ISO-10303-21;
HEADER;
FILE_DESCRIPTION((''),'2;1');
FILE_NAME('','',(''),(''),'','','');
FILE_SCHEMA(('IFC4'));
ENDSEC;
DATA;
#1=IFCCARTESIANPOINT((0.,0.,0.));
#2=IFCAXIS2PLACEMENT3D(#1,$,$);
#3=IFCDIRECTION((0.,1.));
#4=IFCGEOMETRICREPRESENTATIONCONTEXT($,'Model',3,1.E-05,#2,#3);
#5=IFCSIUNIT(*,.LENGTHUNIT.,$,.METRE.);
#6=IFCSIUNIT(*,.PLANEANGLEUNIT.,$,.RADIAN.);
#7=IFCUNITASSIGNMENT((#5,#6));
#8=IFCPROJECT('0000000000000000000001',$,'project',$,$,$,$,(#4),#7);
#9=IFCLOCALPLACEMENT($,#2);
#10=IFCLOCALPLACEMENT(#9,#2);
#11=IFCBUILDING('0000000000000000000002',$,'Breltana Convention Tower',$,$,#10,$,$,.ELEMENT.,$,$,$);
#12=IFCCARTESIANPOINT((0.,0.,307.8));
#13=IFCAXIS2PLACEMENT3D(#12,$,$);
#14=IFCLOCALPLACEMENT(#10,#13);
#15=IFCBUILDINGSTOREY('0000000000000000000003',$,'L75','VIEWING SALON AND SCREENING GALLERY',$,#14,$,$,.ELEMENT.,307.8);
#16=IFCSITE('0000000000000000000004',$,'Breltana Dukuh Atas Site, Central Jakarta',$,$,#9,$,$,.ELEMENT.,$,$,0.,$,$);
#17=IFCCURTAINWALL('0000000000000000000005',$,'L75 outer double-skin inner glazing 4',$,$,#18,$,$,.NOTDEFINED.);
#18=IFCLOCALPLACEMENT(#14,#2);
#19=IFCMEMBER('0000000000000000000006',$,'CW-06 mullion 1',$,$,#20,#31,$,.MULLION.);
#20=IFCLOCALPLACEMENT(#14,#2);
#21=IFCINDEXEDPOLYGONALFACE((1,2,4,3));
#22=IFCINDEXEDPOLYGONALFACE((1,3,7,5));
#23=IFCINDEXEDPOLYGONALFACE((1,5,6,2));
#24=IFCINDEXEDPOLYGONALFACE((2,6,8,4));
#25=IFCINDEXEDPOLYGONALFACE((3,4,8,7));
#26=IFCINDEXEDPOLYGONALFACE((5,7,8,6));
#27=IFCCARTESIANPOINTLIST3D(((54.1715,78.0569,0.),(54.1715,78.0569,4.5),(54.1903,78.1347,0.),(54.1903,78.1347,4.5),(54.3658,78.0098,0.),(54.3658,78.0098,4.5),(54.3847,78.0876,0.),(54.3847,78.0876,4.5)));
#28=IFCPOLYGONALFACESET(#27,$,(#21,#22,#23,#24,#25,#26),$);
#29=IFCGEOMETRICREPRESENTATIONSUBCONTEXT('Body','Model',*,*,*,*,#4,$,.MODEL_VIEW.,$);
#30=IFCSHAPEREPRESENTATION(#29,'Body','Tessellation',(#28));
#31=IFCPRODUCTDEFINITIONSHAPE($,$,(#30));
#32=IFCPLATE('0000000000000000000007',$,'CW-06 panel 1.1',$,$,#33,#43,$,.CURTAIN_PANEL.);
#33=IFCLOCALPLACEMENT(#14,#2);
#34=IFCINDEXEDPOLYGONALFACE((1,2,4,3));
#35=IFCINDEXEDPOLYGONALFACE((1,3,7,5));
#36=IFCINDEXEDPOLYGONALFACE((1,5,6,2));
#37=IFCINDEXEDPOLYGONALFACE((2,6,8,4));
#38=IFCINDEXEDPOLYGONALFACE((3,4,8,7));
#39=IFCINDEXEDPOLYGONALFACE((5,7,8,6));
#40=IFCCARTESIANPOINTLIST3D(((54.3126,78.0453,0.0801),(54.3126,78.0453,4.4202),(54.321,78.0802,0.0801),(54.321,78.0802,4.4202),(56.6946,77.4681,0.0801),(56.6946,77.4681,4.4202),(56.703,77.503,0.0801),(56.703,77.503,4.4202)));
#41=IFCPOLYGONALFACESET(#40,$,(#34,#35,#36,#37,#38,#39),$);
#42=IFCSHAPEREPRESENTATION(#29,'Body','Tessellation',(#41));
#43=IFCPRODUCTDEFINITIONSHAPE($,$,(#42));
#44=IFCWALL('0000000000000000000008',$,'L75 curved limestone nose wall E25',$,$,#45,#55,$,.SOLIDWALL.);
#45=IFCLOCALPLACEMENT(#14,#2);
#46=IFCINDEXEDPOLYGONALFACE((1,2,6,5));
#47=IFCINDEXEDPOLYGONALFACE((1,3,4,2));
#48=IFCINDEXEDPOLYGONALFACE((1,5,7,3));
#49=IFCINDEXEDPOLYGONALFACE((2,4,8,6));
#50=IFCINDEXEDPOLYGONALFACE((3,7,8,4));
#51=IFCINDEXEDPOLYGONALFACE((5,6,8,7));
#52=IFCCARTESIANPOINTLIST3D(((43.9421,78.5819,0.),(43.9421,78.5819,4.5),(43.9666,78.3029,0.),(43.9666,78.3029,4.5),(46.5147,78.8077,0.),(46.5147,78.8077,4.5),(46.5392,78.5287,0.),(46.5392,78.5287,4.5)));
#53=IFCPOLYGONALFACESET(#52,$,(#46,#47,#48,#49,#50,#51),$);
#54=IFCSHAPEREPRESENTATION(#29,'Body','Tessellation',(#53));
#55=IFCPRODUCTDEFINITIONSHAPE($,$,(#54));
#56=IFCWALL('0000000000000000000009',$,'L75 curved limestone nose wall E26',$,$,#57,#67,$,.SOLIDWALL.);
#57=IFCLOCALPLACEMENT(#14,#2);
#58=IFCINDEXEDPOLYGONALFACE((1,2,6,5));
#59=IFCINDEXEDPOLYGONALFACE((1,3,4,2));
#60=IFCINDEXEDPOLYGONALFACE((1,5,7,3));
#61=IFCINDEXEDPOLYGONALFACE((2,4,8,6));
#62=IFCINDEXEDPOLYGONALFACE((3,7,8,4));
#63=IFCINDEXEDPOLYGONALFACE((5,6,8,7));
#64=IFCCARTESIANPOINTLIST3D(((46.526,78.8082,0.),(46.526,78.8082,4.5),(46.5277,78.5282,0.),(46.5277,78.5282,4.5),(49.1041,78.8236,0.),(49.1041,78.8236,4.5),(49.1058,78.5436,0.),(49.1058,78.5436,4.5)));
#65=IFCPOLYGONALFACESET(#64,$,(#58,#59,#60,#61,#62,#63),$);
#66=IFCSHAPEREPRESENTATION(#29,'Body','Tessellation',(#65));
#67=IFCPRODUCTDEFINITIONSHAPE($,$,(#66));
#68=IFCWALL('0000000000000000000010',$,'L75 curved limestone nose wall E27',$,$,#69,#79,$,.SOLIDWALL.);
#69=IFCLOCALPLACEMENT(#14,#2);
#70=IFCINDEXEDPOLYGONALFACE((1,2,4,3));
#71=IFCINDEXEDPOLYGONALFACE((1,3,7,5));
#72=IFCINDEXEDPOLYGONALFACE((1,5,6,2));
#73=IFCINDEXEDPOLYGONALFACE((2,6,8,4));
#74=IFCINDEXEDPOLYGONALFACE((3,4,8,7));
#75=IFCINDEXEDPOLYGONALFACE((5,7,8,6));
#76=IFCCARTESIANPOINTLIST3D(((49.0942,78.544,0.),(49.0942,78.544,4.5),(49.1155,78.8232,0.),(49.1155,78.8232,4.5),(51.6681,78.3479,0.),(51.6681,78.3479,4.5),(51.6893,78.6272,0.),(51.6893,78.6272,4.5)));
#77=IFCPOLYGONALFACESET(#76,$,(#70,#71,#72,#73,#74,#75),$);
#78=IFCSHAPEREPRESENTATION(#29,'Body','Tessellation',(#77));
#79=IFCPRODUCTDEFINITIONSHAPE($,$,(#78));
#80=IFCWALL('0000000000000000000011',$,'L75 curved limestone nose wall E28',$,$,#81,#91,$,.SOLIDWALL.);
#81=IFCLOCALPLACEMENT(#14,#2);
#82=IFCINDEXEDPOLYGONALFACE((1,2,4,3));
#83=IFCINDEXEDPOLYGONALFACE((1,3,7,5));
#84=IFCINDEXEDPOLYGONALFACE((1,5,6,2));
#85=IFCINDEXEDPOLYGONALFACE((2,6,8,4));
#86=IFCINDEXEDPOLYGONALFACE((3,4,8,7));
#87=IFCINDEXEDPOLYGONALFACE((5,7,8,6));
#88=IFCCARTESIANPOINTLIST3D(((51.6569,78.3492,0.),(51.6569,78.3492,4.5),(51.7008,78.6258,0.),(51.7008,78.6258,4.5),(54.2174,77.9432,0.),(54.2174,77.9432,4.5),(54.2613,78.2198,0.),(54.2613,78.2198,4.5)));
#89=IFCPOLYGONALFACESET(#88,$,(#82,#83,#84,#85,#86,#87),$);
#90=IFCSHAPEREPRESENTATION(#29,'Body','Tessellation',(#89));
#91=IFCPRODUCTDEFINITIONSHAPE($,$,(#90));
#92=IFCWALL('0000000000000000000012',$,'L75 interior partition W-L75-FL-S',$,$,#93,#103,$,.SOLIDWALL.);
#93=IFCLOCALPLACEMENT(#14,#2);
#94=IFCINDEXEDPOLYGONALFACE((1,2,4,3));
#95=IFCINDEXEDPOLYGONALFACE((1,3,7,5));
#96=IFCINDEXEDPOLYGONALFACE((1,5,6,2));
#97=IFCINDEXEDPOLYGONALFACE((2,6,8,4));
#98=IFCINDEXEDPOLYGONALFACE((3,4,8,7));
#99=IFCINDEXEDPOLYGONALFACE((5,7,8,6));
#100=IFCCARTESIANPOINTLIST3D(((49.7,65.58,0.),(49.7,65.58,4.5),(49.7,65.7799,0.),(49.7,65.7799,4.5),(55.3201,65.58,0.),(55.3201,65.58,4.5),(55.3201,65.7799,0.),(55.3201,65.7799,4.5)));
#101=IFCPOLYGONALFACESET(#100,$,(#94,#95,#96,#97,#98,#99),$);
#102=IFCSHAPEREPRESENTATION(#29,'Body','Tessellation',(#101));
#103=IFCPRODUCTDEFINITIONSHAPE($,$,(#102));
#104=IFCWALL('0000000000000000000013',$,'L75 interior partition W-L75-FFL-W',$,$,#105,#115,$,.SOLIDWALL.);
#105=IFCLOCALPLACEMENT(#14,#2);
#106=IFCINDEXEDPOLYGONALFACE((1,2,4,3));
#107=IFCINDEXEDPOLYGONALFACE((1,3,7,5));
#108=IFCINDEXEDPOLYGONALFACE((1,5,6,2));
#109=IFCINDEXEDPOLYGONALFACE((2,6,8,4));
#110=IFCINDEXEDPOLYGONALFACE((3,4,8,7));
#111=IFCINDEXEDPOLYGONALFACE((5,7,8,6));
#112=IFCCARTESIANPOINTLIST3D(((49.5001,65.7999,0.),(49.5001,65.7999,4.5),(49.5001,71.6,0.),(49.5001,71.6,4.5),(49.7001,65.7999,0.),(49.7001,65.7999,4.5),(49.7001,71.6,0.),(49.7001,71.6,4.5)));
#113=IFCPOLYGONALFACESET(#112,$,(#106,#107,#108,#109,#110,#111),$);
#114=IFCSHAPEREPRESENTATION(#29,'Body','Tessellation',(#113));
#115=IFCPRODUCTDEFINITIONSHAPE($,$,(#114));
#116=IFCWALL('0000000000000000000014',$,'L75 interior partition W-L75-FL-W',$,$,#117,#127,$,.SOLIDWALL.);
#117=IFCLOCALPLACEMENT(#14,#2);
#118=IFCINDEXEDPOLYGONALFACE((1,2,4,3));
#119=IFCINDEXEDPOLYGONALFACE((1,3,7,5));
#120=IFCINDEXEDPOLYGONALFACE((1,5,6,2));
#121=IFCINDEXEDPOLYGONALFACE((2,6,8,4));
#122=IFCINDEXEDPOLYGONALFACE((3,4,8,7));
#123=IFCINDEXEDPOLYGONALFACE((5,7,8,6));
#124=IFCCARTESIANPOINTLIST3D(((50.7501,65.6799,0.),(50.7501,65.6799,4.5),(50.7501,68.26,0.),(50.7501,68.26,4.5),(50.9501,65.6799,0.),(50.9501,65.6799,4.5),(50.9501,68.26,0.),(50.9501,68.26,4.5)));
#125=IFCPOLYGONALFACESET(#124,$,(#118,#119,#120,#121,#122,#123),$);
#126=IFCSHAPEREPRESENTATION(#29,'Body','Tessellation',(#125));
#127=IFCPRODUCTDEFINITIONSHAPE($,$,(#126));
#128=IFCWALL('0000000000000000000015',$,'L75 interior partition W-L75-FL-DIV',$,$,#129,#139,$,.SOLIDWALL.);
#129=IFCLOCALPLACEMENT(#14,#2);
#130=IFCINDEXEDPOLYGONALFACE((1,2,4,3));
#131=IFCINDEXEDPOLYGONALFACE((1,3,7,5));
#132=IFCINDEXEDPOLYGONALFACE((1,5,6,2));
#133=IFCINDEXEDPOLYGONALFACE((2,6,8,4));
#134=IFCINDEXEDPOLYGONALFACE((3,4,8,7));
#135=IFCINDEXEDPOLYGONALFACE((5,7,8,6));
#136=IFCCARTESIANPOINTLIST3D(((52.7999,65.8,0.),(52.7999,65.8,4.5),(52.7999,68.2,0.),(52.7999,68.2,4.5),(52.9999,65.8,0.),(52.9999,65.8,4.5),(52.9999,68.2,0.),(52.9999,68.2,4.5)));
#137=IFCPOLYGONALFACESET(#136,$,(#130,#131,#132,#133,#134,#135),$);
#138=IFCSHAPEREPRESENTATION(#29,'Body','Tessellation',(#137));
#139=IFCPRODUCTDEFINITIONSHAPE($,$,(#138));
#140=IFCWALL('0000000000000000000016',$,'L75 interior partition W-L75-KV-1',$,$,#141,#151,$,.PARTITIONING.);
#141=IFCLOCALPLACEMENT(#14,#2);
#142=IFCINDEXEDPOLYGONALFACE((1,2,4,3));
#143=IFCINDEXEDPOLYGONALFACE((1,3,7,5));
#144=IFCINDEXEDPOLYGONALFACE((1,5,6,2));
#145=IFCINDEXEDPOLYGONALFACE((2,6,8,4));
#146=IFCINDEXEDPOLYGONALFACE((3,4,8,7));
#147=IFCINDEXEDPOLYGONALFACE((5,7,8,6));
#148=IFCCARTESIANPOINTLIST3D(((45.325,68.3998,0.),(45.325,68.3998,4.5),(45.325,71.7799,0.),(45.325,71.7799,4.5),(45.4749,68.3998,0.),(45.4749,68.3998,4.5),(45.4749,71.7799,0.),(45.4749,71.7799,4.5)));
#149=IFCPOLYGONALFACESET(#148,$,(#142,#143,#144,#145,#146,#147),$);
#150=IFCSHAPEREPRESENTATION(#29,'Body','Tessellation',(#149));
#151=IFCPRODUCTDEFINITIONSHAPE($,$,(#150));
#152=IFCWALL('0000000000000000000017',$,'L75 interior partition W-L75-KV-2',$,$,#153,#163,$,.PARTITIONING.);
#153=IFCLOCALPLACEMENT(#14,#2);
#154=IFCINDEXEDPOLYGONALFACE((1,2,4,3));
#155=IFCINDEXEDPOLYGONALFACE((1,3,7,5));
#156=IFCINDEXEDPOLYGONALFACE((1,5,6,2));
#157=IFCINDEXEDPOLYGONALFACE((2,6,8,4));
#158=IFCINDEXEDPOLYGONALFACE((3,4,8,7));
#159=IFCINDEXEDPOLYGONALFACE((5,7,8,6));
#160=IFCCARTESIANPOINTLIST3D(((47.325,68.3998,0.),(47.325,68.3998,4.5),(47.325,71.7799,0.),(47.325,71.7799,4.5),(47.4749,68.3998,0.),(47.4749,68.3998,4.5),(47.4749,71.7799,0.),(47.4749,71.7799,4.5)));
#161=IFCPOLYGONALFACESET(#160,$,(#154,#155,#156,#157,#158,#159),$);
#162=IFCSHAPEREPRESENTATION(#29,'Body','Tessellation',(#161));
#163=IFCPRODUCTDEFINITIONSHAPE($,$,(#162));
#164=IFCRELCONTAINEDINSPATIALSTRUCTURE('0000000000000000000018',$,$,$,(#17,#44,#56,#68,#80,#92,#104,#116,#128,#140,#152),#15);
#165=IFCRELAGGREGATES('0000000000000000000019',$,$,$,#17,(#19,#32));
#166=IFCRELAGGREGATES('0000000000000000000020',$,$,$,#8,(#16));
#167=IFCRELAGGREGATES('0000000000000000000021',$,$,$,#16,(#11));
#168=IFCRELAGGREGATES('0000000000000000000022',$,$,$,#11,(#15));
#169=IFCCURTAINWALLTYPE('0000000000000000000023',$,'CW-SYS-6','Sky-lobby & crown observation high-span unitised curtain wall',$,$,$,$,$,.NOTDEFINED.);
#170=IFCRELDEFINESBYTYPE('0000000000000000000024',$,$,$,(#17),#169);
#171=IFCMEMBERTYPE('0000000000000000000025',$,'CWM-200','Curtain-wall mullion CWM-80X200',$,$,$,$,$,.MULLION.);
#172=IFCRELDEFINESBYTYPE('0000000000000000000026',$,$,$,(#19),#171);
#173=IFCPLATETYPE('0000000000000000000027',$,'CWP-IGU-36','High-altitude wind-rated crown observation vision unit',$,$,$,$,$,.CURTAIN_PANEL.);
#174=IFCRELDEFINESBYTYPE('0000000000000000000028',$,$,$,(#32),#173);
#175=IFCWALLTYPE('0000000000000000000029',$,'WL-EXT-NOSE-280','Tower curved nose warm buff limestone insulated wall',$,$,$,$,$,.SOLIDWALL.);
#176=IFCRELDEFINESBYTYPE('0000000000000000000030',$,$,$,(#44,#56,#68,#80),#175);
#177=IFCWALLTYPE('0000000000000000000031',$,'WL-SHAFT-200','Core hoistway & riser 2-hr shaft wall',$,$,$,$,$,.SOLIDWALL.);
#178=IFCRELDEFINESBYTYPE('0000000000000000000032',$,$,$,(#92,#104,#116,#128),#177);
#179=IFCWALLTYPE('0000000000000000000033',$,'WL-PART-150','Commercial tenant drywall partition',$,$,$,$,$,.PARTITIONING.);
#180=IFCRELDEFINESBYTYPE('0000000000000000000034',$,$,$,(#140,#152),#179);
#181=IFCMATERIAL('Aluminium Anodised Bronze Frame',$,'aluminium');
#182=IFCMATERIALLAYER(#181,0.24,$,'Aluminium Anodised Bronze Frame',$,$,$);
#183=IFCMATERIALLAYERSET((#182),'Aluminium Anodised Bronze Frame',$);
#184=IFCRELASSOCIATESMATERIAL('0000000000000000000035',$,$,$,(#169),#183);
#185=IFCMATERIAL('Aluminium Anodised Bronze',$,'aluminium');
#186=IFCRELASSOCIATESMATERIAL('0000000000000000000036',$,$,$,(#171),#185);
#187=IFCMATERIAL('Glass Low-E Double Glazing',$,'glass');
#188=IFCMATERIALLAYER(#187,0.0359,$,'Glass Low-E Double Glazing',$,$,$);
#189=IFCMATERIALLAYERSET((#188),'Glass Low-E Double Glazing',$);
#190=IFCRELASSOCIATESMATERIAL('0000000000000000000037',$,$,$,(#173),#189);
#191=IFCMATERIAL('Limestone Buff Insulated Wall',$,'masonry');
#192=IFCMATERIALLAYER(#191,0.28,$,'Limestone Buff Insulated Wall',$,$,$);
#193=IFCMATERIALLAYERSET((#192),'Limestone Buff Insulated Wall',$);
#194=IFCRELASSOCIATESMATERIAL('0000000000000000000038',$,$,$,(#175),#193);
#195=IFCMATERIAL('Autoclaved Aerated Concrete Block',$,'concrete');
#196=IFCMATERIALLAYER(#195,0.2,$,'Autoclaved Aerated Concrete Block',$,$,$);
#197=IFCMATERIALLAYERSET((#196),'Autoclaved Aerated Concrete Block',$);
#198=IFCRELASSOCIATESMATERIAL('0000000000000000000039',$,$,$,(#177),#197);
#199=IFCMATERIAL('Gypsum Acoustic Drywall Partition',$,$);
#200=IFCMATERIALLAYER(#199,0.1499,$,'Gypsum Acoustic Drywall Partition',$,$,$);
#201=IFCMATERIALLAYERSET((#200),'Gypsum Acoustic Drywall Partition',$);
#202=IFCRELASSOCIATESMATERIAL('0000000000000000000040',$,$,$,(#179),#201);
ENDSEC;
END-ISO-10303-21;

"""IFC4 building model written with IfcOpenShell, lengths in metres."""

from ifc_helpers import new_model, si_unit, direction, frame, frame_2d, origin, origin_2d, place, context, subcontext, project, spatial, rectangle, extrude, source, transform, mapped, material, layer, layer_set, material_profile, profile_set, type_object, element, aggregate, save


model = new_model("IFC4")

# Units and contexts
model_context = context("Model", 3, precision=1e-05, world=origin(), true_north=direction((0.0, 1.0)))
body_context = subcontext(model_context, "Body", "Model", "MODEL_VIEW")
ifc_project = project(units=[si_unit("LENGTHUNIT", "METRE"), si_unit("PLANEANGLEUNIT", "RADIAN")], contexts=[model_context])

# Site, building, storey
site_placement = place(None, origin())
site = spatial("IfcSite", under=ifc_project, at=site_placement, Name="Breltana Dukuh Atas Site, Central Jakarta", CompositionType="ELEMENT", RefElevation=0.0)
building_placement = place(site_placement, origin())
building = spatial("IfcBuilding", under=site, at=building_placement, Name="Breltana Convention Tower", CompositionType="ELEMENT")
storey_placement = place(building_placement, frame((0.0, 0.0, 307.8)))
storey = spatial("IfcBuildingStorey", under=building, at=storey_placement, Name="L75", Description="VIEWING SALON AND SCREENING GALLERY", CompositionType="ELEMENT", Elevation=307.8)

# Curtain wall
ifc_material_1 = material(Name="Aluminium Anodised Bronze Frame", Category="aluminium")
ifc_layer_1 = layer(ifc_material_1, 0.24, Name="Aluminium Anodised Bronze Frame")
ifc_layer_set_1 = layer_set([ifc_layer_1], Name="Aluminium Anodised Bronze Frame")
curtain_wall_type = type_object("IfcCurtainWallType", Name="CW-SYS-6", Description="Sky-lobby & crown observation high-span unitised curtain wall", PredefinedType="NOTDEFINED", material=ifc_layer_set_1)
curtain_wall_1_placement = place(storey_placement, origin())
curtain_wall_1 = element("IfcCurtainWall", 1, at=curtain_wall_1_placement, inside=storey, type_object=curtain_wall_type, Name="L75 outer double-skin inner glazing 4", PredefinedType="NOTDEFINED")
ifc_material_2 = material(Name="Aluminium Anodised Bronze", Category="aluminium")

# Shared definitions
ifc_material_profile_1 = material_profile(ifc_material_2, rectangle(XDim=0.0801, YDim=0.2, at=origin_2d()), Name="CWM-80X200")
ifc_profile_set_1 = profile_set([ifc_material_profile_1], Name="Aluminium Anodised Bronze")
member_type_1 = type_object("IfcMemberType", Name="CWM-200", Description="Curtain-wall mullion CWM-80X200", PredefinedType="MULLION", material=ifc_profile_set_1)
shared_shape_1 = source(origin(), body_context, "Body", "SweptSolid", [
    extrude(rectangle(XDim=0.0801, YDim=0.2, at=origin_2d()), origin(), (0.0, 0.0, 1.0), 4.5),
])

# Member
member_1_placement = place(storey_placement, frame((54.2781, 78.0723, 0.0), z_axis=(0.0, 0.0, 1.0), x_axis=(0.235518, 0.97187, 0.0)))
member_1 = element("IfcMember", 2, at=member_1_placement, type_object=member_type_1, Name="CW-06 mullion 1", PredefinedType="MULLION", context=body_context, shape_type="MappedRepresentation", body=[
    mapped(shared_shape_1, transform((0.0, 0.0, 0.0), scale=1.0)),
])

# Plate
ifc_material_3 = material(Name="Glass Low-E Double Glazing", Category="glass")
ifc_layer_2 = layer(ifc_material_3, 0.0359, Name="Glass Low-E Double Glazing")
ifc_layer_set_2 = layer_set([ifc_layer_2], Name="Glass Low-E Double Glazing")
plate_type = type_object("IfcPlateType", Name="CWP-IGU-36", Description="High-altitude wind-rated crown observation vision unit", PredefinedType="CURTAIN_PANEL", material=ifc_layer_set_2)
shared_shape_2 = source(origin(), body_context, "Body", "SweptSolid", [
    extrude(rectangle(XDim=2.4509, YDim=0.0359, at=origin_2d()), origin(), (0.0, 0.0, 1.0), 4.3401),
])
plate_placement = place(storey_placement, frame((55.5078, 77.7742, 0.0801), z_axis=(0.0, 0.0, 1.0), x_axis=(0.97187, -0.235518, 0.0)))
plate = element("IfcPlate", 3, at=plate_placement, type_object=plate_type, Name="CW-06 panel 1.1", PredefinedType="CURTAIN_PANEL", context=body_context, shape_type="MappedRepresentation", body=[
    mapped(shared_shape_2, transform((0.0, 0.0, 0.0), scale=1.0)),
])
aggregate(curtain_wall_1, [member_1, plate])

# Walls
ifc_material_4 = material(Name="Limestone Buff Insulated Wall", Category="masonry")
ifc_layer_3 = layer(ifc_material_4, 0.28, Name="Limestone Buff Insulated Wall")
ifc_layer_set_3 = layer_set([ifc_layer_3], Name="Limestone Buff Insulated Wall")
wall_type_1 = type_object("IfcWallType", Name="WL-EXT-NOSE-280", Description="Tower curved nose warm buff limestone insulated wall", PredefinedType="SOLIDWALL", material=ifc_layer_set_3)
shared_shape_3 = source(origin(), body_context, "Body", "SweptSolid", [
    extrude(rectangle(XDim=2.5825, YDim=0.28, at=frame_2d((1.2913, 0.0))), origin(), (0.0, 0.0, 1.0), 4.5),
])
wall_1_placement = place(storey_placement, frame((43.9543, 78.4424, 0.0), z_axis=(0.0, 0.0, 1.0), x_axis=(0.996169, 0.08745, 0.0)))
element("IfcWall", 4, at=wall_1_placement, inside=storey, type_object=wall_type_1, Name="L75 curved limestone nose wall E25", PredefinedType="SOLIDWALL", context=body_context, shape_type="MappedRepresentation", body=[
    mapped(shared_shape_3, transform((0.0, 0.0, 0.0), scale=1.0)),
])
shared_shape_4 = source(origin(), body_context, "Body", "SweptSolid", [
    extrude(rectangle(XDim=2.5781, YDim=0.28, at=frame_2d((1.2891, 0.0))), origin(), (0.0, 0.0, 1.0), 4.5),
])
wall_2_placement = place(storey_placement, frame((46.5269, 78.6682, 0.0), z_axis=(0.0, 0.0, 1.0), x_axis=(0.999982, 0.005966, 0.0)))
element("IfcWall", 5, at=wall_2_placement, inside=storey, type_object=wall_type_1, Name="L75 curved limestone nose wall E26", PredefinedType="SOLIDWALL", context=body_context, shape_type="MappedRepresentation", body=[
    mapped(shared_shape_4, transform((0.0, 0.0, 0.0), scale=1.0)),
])
shared_shape_5 = source(origin(), body_context, "Body", "SweptSolid", [
    extrude(rectangle(XDim=2.5813, YDim=0.28, at=frame_2d((1.2905, 0.0))), origin(), (0.0, 0.0, 1.0), 4.5),
])
wall_3_placement = place(storey_placement, frame((49.105, 78.6836, 0.0), z_axis=(0.0, 0.0, 1.0), x_axis=(0.997112, -0.075951, 0.0)))
element("IfcWall", 6, at=wall_3_placement, inside=storey, type_object=wall_type_1, Name="L75 curved limestone nose wall E27", PredefinedType="SOLIDWALL", context=body_context, shape_type="MappedRepresentation", body=[
    mapped(shared_shape_5, transform((0.0, 0.0, 0.0), scale=1.0)),
])
shared_shape_6 = source(origin(), body_context, "Body", "SweptSolid", [
    extrude(rectangle(XDim=2.5925, YDim=0.28, at=frame_2d((1.2964, 0.0))), origin(), (0.0, 0.0, 1.0), 4.5),
])
wall_4_placement = place(storey_placement, frame((51.6787, 78.4875, 0.0), z_axis=(0.0, 0.0, 1.0), x_axis=(0.987661, -0.156606, 0.0)))
element("IfcWall", 7, at=wall_4_placement, inside=storey, type_object=wall_type_1, Name="L75 curved limestone nose wall E28", PredefinedType="SOLIDWALL", context=body_context, shape_type="MappedRepresentation", body=[
    mapped(shared_shape_6, transform((0.0, 0.0, 0.0), scale=1.0)),
])

# Shared definitions
ifc_material_5 = material(Name="Autoclaved Aerated Concrete Block", Category="concrete")
ifc_layer_4 = layer(ifc_material_5, 0.2, Name="Autoclaved Aerated Concrete Block")
ifc_layer_set_4 = layer_set([ifc_layer_4], Name="Autoclaved Aerated Concrete Block")
wall_type_2 = type_object("IfcWallType", Name="WL-SHAFT-200", Description="Core hoistway & riser 2-hr shaft wall", PredefinedType="SOLIDWALL", material=ifc_layer_set_4)
shared_shape_7 = source(origin(), body_context, "Body", "SweptSolid", [
    extrude(rectangle(XDim=5.6201, YDim=0.2, at=frame_2d((2.8101, 0.0))), origin(), (0.0, 0.0, 1.0), 4.5),
])

# Walls
wall_5_placement = place(storey_placement, frame((49.7, 65.6799, 0.0), z_axis=(0.0, 0.0, 1.0), x_axis=(1.0, 0.0, 0.0)))
element("IfcWall", 8, at=wall_5_placement, inside=storey, type_object=wall_type_2, Name="L75 interior partition W-L75-FL-S", PredefinedType="SOLIDWALL", context=body_context, shape_type="MappedRepresentation", body=[
    mapped(shared_shape_7, transform((0.0, 0.0, 0.0), scale=1.0)),
])
shared_shape_8 = source(origin(), body_context, "Body", "SweptSolid", [
    extrude(rectangle(XDim=5.8, YDim=0.2, at=frame_2d((2.8999, 0.0))), origin(), (0.0, 0.0, 1.0), 4.5),
])
wall_6_placement = place(storey_placement, frame((49.6001, 65.8, 0.0), z_axis=(0.0, 0.0, 1.0), x_axis=(0.0, 1.0, 0.0)))
element("IfcWall", 9, at=wall_6_placement, inside=storey, type_object=wall_type_2, Name="L75 interior partition W-L75-FFL-W", PredefinedType="SOLIDWALL", context=body_context, shape_type="MappedRepresentation", body=[
    mapped(shared_shape_8, transform((0.0, 0.0, 0.0), scale=1.0)),
])
shared_shape_9 = source(origin(), body_context, "Body", "SweptSolid", [
    extrude(rectangle(XDim=2.5801, YDim=0.2, at=frame_2d((1.29, 0.0))), origin(), (0.0, 0.0, 1.0), 4.5),
])
wall_7_placement = place(storey_placement, frame((50.8501, 65.6799, 0.0), z_axis=(0.0, 0.0, 1.0), x_axis=(0.0, 1.0, 0.0)))
element("IfcWall", 10, at=wall_7_placement, inside=storey, type_object=wall_type_2, Name="L75 interior partition W-L75-FL-W", PredefinedType="SOLIDWALL", context=body_context, shape_type="MappedRepresentation", body=[
    mapped(shared_shape_9, transform((0.0, 0.0, 0.0), scale=1.0)),
])
shared_shape_10 = source(origin(), body_context, "Body", "SweptSolid", [
    extrude(rectangle(XDim=2.3999, YDim=0.2, at=frame_2d((1.2, 0.0))), origin(), (0.0, 0.0, 1.0), 4.5),
])
wall_8_placement = place(storey_placement, frame((52.8999, 65.8, 0.0), z_axis=(0.0, 0.0, 1.0), x_axis=(0.0, 1.0, 0.0)))
element("IfcWall", 11, at=wall_8_placement, inside=storey, type_object=wall_type_2, Name="L75 interior partition W-L75-FL-DIV", PredefinedType="SOLIDWALL", context=body_context, shape_type="MappedRepresentation", body=[
    mapped(shared_shape_10, transform((0.0, 0.0, 0.0), scale=1.0)),
])
ifc_material_6 = material(Name="Gypsum Acoustic Drywall Partition")
ifc_layer_5 = layer(ifc_material_6, 0.1499, Name="Gypsum Acoustic Drywall Partition")
ifc_layer_set_5 = layer_set([ifc_layer_5], Name="Gypsum Acoustic Drywall Partition")
wall_type_3 = type_object("IfcWallType", Name="WL-PART-150", Description="Commercial tenant drywall partition", PredefinedType="PARTITIONING", material=ifc_layer_set_5)
shared_shape_11 = source(origin(), body_context, "Body", "SweptSolid", [
    extrude(rectangle(XDim=3.3801, YDim=0.1499, at=frame_2d((1.6899, 0.0))), origin(), (0.0, 0.0, 1.0), 4.5),
])
for number, where, z_axis, x_axis, name in (
    (12, (45.3999, 68.3999, 0.0), (0.0, 0.0, 1.0), (0.0, 1.0, 0.0), "L75 interior partition W-L75-KV-1"),
    (13, (47.3999, 68.3999, 0.0), (0.0, 0.0, 1.0), (0.0, 1.0, 0.0), "L75 interior partition W-L75-KV-2"),
):
    element("IfcWall", number, at=place(storey_placement, frame(where, z_axis=z_axis, x_axis=x_axis)), inside=storey, type_object=wall_type_3, Name=name, PredefinedType="PARTITIONING", context=body_context, shape_type="MappedRepresentation", body=[
        mapped(shared_shape_11, transform((0.0, 0.0, 0.0), scale=1.0)),
    ])

save(model, "model.ifc")
